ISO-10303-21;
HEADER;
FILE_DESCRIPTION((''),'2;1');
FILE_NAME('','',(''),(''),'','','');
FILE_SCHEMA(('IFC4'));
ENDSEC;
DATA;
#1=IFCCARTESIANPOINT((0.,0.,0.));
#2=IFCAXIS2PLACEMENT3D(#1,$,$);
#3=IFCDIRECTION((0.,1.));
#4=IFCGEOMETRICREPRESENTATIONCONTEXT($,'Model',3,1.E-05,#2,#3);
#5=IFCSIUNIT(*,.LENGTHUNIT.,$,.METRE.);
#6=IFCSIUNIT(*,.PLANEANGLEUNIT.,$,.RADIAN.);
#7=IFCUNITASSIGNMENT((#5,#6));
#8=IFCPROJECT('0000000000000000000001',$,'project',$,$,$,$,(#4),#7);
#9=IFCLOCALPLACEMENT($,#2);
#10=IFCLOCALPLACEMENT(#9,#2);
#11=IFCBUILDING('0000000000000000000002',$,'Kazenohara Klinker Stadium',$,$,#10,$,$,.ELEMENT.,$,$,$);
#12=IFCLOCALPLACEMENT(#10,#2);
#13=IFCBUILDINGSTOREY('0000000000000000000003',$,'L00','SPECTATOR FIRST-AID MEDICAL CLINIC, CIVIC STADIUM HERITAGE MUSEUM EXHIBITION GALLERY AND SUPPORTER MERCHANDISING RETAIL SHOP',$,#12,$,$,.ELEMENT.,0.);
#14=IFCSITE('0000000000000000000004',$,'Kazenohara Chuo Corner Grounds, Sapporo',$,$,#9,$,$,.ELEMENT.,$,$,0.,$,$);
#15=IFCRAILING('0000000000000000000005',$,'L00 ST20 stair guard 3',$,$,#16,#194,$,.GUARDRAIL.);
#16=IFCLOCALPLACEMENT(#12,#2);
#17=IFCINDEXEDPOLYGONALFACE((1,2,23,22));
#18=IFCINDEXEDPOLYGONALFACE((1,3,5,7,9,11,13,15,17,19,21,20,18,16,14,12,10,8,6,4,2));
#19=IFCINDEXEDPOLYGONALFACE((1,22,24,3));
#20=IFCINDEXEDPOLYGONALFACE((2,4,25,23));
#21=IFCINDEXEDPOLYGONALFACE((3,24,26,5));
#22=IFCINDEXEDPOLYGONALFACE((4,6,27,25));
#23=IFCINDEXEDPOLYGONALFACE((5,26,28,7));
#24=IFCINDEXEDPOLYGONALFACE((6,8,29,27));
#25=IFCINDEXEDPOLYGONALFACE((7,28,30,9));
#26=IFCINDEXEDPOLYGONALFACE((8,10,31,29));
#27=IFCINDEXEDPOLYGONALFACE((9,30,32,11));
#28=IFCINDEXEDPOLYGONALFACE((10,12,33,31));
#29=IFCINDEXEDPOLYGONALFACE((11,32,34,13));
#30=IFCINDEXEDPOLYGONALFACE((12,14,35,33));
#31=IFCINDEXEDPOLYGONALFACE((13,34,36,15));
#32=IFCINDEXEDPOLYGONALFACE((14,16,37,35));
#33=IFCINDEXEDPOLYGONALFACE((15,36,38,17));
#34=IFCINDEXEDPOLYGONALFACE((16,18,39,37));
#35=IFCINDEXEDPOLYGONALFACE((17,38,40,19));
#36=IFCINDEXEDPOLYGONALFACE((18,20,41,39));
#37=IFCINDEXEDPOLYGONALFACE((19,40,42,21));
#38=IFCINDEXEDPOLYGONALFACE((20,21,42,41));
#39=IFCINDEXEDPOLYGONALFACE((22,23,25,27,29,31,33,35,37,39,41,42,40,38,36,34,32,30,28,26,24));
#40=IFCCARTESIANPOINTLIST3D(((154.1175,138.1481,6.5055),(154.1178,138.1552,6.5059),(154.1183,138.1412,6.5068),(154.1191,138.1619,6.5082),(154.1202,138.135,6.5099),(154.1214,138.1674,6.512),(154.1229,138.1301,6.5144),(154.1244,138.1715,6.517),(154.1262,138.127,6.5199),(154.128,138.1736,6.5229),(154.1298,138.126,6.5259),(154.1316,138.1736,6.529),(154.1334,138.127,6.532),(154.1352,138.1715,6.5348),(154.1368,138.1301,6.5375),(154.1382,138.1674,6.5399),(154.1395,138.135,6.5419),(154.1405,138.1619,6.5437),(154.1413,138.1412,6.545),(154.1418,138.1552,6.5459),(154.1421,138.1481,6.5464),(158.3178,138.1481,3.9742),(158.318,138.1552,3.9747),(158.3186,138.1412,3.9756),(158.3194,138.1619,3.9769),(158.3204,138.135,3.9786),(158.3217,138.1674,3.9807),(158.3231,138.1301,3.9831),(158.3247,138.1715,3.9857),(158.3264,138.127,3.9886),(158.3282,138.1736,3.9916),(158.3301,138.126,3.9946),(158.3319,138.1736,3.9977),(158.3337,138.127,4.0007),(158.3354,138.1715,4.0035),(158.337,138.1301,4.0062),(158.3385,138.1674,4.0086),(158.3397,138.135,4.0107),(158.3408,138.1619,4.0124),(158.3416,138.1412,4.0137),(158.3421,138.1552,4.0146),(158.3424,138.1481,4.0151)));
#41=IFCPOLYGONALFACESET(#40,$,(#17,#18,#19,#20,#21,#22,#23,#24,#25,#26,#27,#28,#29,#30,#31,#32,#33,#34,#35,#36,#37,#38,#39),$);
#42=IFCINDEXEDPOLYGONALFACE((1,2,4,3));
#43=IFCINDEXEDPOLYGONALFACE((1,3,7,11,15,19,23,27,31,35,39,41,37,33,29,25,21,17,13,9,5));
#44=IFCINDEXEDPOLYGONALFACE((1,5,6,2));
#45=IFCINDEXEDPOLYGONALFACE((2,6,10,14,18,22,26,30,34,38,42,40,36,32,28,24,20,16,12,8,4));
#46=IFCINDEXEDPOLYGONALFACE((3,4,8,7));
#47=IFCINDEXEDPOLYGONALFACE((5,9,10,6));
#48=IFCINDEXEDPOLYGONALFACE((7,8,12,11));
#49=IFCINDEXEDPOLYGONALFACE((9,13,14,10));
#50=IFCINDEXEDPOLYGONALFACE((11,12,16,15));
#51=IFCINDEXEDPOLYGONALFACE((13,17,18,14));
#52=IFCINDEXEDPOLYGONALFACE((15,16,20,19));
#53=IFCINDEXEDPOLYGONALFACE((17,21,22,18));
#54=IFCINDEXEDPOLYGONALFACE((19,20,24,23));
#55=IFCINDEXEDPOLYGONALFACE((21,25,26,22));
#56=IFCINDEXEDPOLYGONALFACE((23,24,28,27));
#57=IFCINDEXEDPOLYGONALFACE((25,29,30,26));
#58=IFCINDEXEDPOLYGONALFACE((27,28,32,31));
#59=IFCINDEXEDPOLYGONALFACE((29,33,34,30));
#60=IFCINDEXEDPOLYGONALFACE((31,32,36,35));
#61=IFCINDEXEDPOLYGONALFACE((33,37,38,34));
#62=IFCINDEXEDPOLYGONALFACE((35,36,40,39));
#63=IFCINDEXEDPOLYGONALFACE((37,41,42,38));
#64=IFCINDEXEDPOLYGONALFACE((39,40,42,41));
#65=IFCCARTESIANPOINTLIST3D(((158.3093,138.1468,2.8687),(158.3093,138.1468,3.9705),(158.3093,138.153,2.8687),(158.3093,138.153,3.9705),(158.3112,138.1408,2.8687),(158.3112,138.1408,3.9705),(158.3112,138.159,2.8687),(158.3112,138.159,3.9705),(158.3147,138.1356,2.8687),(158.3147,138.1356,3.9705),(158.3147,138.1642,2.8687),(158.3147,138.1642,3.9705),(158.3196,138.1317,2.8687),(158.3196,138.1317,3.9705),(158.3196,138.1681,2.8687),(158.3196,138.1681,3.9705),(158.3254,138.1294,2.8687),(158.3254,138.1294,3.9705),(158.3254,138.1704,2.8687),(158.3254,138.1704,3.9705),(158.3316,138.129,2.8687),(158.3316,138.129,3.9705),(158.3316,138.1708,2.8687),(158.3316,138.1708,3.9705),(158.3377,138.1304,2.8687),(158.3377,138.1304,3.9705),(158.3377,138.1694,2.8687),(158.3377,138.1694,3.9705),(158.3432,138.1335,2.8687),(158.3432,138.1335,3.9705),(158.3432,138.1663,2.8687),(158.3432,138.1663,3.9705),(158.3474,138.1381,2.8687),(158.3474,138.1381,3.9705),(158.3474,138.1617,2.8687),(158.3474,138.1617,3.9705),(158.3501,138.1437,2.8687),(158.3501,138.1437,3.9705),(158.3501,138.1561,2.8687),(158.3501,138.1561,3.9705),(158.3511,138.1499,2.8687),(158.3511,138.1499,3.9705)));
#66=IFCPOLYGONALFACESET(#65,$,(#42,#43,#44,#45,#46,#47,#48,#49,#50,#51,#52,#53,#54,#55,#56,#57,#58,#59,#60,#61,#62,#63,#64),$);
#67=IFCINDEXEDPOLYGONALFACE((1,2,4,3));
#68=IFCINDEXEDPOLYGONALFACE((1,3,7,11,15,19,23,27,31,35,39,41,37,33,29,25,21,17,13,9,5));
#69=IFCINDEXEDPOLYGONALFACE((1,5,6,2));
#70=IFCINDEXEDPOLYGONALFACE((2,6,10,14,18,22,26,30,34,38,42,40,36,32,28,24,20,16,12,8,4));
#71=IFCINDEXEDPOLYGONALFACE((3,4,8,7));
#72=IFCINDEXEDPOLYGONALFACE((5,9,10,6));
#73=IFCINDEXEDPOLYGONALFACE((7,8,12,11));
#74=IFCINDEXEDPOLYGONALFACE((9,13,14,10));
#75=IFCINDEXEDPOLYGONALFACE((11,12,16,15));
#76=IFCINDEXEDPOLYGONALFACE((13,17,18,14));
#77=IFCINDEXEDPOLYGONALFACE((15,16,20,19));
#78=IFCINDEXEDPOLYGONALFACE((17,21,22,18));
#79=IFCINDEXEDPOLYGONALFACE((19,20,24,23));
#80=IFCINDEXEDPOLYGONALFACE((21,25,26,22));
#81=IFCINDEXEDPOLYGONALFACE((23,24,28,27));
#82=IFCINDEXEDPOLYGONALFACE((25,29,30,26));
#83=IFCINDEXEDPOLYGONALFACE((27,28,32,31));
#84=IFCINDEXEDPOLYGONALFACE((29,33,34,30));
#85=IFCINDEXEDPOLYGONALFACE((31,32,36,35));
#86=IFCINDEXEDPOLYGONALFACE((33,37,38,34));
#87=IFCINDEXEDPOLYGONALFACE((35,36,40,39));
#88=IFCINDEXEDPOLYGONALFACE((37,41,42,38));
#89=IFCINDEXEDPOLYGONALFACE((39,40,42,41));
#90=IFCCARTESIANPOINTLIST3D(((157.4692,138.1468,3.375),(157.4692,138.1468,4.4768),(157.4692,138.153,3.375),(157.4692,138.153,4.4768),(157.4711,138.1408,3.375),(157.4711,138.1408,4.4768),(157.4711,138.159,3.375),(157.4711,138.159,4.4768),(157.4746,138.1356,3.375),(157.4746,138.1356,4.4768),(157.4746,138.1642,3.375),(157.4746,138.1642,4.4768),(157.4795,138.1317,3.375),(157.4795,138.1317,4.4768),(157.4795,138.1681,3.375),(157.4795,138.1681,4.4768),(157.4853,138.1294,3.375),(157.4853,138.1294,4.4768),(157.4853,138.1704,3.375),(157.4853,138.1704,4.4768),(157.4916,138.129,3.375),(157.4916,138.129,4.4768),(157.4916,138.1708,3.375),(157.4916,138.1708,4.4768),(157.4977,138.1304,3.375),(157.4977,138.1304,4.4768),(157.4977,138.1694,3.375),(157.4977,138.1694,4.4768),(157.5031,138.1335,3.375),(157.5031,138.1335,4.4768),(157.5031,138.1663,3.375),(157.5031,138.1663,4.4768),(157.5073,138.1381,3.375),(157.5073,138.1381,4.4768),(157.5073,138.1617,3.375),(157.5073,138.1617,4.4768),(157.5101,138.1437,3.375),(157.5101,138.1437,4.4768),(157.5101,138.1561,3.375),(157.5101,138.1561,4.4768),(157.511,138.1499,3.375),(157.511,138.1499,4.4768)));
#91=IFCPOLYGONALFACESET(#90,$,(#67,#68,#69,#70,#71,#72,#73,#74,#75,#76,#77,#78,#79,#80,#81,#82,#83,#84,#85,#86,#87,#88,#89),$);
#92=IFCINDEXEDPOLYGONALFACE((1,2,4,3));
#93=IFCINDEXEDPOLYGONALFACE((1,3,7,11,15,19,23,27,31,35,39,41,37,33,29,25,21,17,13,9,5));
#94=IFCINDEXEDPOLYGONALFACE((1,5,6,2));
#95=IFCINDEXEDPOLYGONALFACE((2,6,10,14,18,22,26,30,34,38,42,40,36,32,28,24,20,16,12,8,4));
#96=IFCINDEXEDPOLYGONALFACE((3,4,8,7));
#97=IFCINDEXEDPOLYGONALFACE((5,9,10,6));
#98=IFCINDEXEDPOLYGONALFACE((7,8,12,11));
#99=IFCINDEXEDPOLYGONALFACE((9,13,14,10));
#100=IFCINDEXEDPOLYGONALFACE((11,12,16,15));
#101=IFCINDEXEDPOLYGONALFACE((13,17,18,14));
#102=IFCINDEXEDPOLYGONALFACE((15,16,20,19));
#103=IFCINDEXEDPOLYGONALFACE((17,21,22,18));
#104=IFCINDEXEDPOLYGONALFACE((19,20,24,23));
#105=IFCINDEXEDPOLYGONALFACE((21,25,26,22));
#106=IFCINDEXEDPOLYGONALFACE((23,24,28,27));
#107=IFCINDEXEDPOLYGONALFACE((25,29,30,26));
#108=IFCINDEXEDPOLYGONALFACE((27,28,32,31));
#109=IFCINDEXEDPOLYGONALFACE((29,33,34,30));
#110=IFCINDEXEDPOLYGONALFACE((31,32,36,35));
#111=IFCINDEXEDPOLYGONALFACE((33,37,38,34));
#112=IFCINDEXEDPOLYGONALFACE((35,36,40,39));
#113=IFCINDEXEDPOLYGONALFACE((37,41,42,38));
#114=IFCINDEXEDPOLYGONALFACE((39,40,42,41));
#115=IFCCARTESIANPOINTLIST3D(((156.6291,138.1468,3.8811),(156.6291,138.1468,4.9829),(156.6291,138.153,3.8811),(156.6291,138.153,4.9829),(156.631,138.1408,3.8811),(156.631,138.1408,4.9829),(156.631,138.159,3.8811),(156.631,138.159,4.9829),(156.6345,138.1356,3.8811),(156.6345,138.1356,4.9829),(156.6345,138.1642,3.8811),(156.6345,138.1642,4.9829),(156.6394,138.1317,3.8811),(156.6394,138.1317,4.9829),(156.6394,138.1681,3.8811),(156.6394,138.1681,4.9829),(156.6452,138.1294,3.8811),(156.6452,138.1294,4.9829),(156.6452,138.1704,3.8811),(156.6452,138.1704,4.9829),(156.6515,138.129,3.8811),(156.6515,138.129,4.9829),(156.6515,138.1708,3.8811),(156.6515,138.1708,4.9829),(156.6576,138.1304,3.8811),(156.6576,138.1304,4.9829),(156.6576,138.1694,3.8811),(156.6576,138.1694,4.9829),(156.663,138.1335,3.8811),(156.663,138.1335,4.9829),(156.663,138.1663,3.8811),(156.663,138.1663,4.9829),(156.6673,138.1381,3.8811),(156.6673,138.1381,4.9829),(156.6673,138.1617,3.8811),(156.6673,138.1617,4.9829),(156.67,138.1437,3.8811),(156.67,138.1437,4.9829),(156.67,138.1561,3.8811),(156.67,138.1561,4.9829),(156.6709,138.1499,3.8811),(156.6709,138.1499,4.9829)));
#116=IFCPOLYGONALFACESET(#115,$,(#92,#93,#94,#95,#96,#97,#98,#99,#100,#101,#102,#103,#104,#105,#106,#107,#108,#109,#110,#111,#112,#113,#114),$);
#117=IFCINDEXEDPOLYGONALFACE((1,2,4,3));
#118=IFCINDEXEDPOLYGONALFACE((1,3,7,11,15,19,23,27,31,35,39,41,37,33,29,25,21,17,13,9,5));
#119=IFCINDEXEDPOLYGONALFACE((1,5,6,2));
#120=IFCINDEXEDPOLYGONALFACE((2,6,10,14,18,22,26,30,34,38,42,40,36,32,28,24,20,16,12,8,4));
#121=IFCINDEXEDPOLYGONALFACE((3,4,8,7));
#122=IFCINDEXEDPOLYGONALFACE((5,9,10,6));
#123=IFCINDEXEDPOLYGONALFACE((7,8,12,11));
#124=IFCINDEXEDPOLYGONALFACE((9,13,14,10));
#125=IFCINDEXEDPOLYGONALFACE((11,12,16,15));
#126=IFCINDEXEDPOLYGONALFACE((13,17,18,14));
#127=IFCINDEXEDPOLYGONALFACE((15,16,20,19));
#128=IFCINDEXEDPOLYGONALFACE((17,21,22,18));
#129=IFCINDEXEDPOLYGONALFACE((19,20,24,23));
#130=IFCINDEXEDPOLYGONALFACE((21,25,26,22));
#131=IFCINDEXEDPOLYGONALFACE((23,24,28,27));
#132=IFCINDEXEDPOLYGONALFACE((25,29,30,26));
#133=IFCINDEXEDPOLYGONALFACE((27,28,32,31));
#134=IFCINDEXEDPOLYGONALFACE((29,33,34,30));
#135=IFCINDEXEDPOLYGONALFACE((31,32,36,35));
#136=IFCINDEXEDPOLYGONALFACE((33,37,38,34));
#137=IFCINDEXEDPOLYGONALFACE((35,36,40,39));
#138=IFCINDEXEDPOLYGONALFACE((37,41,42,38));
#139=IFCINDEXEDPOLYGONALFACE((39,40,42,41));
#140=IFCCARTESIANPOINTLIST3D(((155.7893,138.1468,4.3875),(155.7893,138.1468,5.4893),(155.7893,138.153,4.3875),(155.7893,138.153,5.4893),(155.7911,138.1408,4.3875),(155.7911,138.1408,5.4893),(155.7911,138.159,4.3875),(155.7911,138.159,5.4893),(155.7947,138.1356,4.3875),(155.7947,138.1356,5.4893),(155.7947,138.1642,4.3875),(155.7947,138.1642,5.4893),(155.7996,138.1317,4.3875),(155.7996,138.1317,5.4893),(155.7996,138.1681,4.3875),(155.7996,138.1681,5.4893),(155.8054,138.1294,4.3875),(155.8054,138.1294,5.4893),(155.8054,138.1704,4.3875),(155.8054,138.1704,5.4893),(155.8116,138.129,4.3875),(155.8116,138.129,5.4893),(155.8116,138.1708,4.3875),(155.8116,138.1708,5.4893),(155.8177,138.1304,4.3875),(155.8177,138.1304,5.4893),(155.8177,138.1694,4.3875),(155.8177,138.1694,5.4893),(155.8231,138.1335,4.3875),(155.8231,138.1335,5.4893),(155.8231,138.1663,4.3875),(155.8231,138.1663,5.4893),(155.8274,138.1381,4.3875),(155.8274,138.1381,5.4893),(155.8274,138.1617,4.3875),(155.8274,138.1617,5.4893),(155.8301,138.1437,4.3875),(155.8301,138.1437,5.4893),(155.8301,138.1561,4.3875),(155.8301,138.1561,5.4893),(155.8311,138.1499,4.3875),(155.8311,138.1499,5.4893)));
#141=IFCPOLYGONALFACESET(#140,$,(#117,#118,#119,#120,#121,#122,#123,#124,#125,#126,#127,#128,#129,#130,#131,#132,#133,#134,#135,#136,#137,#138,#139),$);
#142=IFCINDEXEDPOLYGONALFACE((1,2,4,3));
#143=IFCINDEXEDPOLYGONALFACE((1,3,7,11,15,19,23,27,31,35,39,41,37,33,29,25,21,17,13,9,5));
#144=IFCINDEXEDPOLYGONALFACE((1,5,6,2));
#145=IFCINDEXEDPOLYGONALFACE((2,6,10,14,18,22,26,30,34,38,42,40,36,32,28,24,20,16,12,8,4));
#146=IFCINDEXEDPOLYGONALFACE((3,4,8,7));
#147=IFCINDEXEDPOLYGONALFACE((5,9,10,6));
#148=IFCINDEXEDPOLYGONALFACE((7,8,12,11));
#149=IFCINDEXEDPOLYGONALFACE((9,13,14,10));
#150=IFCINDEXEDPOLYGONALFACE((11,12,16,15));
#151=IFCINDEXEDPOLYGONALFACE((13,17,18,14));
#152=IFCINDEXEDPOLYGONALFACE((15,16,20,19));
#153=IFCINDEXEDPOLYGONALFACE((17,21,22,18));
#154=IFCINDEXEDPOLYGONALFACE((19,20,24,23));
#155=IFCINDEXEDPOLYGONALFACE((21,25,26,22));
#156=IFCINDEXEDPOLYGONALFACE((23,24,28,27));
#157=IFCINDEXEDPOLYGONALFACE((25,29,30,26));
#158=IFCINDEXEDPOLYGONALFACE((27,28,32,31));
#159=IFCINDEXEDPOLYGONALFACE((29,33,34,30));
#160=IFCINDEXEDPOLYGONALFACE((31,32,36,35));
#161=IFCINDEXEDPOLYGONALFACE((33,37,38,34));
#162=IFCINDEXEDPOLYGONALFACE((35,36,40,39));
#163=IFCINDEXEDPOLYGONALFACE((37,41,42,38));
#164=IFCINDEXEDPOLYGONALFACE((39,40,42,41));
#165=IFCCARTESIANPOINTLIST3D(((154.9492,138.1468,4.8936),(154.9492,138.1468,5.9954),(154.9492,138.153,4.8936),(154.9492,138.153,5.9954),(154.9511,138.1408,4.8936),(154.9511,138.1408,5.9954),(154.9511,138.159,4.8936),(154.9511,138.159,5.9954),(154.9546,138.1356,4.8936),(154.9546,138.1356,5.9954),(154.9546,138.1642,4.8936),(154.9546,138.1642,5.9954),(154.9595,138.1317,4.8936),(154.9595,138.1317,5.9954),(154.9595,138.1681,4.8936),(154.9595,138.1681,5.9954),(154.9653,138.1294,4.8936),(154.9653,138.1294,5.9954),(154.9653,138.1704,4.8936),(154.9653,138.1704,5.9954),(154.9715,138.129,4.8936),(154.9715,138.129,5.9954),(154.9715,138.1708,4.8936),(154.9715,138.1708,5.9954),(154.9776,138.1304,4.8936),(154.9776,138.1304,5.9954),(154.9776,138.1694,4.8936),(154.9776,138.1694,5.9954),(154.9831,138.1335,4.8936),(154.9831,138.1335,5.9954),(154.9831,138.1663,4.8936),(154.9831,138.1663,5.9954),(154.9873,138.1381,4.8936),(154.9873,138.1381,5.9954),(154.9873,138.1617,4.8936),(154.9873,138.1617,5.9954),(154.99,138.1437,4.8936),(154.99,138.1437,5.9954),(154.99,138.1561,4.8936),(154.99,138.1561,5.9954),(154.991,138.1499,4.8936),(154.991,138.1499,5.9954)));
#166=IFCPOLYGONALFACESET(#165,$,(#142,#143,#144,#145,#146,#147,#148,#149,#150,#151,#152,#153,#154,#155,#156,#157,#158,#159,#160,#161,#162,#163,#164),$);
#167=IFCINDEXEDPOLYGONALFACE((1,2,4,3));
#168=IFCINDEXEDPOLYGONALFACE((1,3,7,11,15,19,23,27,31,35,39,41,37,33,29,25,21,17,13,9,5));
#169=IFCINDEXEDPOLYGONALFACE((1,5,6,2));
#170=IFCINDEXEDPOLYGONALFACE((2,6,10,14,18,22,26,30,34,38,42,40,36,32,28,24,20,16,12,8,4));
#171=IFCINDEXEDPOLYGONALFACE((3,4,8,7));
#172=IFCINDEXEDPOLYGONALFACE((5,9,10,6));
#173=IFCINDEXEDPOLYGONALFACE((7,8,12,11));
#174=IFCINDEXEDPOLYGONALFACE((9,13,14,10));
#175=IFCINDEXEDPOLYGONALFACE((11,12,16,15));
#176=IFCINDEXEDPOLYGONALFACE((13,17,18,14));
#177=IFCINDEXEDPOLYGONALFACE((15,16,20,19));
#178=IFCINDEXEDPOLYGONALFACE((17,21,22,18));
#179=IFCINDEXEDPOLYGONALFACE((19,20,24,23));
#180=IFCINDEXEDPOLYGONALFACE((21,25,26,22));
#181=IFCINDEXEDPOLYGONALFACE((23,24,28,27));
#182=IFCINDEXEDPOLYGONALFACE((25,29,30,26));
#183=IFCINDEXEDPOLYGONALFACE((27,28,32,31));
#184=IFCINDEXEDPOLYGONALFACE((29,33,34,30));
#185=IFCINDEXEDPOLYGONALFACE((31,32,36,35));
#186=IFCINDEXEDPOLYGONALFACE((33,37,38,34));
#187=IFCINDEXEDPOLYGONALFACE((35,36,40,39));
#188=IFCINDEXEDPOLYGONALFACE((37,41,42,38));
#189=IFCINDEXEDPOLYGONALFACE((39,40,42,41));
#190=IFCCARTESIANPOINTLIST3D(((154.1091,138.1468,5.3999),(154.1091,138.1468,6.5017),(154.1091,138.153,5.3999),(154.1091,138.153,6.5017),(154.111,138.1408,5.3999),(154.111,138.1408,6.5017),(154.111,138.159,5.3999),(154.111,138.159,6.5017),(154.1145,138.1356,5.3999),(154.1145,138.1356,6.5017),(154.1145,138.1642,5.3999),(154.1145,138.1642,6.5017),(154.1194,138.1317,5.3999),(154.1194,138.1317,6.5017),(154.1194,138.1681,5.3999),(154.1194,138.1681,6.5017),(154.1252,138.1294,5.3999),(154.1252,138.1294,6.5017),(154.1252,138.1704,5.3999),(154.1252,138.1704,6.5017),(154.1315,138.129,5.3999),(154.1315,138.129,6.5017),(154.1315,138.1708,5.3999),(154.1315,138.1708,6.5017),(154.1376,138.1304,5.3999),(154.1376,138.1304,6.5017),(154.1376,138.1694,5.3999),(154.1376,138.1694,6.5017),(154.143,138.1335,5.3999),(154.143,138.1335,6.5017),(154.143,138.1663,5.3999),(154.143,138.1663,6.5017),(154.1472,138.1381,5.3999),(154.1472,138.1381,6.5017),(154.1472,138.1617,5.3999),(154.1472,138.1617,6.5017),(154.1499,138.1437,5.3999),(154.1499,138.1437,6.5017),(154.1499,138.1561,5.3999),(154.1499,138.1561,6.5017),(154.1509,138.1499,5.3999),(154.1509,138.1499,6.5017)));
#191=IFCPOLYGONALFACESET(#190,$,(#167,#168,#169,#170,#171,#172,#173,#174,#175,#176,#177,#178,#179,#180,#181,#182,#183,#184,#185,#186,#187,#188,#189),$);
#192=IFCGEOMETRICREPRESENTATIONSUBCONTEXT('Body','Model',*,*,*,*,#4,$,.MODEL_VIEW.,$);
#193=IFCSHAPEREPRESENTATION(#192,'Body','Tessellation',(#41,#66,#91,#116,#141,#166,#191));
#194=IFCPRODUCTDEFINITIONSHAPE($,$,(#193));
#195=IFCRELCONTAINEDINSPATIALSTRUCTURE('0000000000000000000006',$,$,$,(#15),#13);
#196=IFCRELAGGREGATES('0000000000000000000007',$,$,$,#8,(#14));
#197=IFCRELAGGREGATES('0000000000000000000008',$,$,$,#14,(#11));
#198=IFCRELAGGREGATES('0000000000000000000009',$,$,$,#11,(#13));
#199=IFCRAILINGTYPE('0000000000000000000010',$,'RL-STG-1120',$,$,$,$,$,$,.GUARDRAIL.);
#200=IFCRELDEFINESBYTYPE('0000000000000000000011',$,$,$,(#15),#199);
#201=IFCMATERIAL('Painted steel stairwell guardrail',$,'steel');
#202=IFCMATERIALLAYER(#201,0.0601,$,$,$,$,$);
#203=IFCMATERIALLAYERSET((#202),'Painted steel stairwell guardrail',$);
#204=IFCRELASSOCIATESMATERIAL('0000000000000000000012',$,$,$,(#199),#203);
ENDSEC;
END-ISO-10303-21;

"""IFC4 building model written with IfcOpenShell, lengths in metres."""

from ifc_helpers import new_model, si_unit, direction, frame, origin, origin_2d, place, context, subcontext, project, spatial, circle, extrude, material, layer, layer_set, type_object, element, save


model = new_model("IFC4")

# Units and contexts
model_context = context("Model", 3, precision=1e-05, world=origin(), true_north=direction((0.0, 1.0)))
body_context = subcontext(model_context, "Body", "Model", "MODEL_VIEW")
ifc_project = project(units=[si_unit("LENGTHUNIT", "METRE"), si_unit("PLANEANGLEUNIT", "RADIAN")], contexts=[model_context])

# Site, building, storey
site_placement = place(None, origin())
site = spatial("IfcSite", under=ifc_project, at=site_placement, Name="Kazenohara Chuo Corner Grounds, Sapporo", CompositionType="ELEMENT", RefElevation=0.0)
building_placement = place(site_placement, origin())
building = spatial("IfcBuilding", under=site, at=building_placement, Name="Kazenohara Klinker Stadium", CompositionType="ELEMENT")
storey_placement = place(building_placement, origin())
storey = spatial("IfcBuildingStorey", under=building, at=storey_placement, Name="L00", Description="SPECTATOR FIRST-AID MEDICAL CLINIC, CIVIC STADIUM HERITAGE MUSEUM EXHIBITION GALLERY AND SUPPORTER MERCHANDISING RETAIL SHOP", CompositionType="ELEMENT", Elevation=0.0)

# Railing
ifc_material_1 = material(Name="Painted steel stairwell guardrail", Category="steel")
ifc_layer_1 = layer(ifc_material_1, 0.0601)
ifc_layer_set_1 = layer_set([ifc_layer_1], Name="Painted steel stairwell guardrail")
railing_type_1 = type_object("IfcRailingType", Name="RL-STG-1120", PredefinedType="GUARDRAIL", material=ifc_layer_set_1)
railing_1_placement = place(storey_placement, frame((158.3301, 138.1499, 2.8687)))
element("IfcRailing", 1, at=railing_1_placement, inside=storey, type_object=railing_type_1, Name="L00 ST20 stair guard 3", PredefinedType="GUARDRAIL", context=body_context, shape_type="SweptSolid", body=[
    extrude(circle(Radius=0.0239, at=origin_2d()), frame((0.0, 0.0, 1.126), z_axis=(-0.85649, 0.0, 0.516164), x_axis=(0.0, -1.0, 0.0)), (0.0, 0.0, 1.0), 4.9041),
    extrude(circle(Radius=0.021, at=origin_2d()), origin(), (0.0, 0.0, 1.0), 1.1018),
    extrude(circle(Radius=0.021, at=origin_2d()), frame((-0.8401, 0.0, 0.5063)), (0.0, 0.0, 1.0), 1.1018),
    extrude(circle(Radius=0.021, at=origin_2d()), frame((-1.6802, 0.0, 1.0125)), (0.0, 0.0, 1.0), 1.1018),
    extrude(circle(Radius=0.021, at=origin_2d()), frame((-2.52, 0.0, 1.5188)), (0.0, 0.0, 1.0), 1.1018),
    extrude(circle(Radius=0.021, at=origin_2d()), frame((-3.3601, 0.0, 2.0249)), (0.0, 0.0, 1.0), 1.1018),
    extrude(circle(Radius=0.021, at=origin_2d()), frame((-4.2002, 0.0, 2.5312)), (0.0, 0.0, 1.0), 1.1018),
])

save(model, "model.ifc")
